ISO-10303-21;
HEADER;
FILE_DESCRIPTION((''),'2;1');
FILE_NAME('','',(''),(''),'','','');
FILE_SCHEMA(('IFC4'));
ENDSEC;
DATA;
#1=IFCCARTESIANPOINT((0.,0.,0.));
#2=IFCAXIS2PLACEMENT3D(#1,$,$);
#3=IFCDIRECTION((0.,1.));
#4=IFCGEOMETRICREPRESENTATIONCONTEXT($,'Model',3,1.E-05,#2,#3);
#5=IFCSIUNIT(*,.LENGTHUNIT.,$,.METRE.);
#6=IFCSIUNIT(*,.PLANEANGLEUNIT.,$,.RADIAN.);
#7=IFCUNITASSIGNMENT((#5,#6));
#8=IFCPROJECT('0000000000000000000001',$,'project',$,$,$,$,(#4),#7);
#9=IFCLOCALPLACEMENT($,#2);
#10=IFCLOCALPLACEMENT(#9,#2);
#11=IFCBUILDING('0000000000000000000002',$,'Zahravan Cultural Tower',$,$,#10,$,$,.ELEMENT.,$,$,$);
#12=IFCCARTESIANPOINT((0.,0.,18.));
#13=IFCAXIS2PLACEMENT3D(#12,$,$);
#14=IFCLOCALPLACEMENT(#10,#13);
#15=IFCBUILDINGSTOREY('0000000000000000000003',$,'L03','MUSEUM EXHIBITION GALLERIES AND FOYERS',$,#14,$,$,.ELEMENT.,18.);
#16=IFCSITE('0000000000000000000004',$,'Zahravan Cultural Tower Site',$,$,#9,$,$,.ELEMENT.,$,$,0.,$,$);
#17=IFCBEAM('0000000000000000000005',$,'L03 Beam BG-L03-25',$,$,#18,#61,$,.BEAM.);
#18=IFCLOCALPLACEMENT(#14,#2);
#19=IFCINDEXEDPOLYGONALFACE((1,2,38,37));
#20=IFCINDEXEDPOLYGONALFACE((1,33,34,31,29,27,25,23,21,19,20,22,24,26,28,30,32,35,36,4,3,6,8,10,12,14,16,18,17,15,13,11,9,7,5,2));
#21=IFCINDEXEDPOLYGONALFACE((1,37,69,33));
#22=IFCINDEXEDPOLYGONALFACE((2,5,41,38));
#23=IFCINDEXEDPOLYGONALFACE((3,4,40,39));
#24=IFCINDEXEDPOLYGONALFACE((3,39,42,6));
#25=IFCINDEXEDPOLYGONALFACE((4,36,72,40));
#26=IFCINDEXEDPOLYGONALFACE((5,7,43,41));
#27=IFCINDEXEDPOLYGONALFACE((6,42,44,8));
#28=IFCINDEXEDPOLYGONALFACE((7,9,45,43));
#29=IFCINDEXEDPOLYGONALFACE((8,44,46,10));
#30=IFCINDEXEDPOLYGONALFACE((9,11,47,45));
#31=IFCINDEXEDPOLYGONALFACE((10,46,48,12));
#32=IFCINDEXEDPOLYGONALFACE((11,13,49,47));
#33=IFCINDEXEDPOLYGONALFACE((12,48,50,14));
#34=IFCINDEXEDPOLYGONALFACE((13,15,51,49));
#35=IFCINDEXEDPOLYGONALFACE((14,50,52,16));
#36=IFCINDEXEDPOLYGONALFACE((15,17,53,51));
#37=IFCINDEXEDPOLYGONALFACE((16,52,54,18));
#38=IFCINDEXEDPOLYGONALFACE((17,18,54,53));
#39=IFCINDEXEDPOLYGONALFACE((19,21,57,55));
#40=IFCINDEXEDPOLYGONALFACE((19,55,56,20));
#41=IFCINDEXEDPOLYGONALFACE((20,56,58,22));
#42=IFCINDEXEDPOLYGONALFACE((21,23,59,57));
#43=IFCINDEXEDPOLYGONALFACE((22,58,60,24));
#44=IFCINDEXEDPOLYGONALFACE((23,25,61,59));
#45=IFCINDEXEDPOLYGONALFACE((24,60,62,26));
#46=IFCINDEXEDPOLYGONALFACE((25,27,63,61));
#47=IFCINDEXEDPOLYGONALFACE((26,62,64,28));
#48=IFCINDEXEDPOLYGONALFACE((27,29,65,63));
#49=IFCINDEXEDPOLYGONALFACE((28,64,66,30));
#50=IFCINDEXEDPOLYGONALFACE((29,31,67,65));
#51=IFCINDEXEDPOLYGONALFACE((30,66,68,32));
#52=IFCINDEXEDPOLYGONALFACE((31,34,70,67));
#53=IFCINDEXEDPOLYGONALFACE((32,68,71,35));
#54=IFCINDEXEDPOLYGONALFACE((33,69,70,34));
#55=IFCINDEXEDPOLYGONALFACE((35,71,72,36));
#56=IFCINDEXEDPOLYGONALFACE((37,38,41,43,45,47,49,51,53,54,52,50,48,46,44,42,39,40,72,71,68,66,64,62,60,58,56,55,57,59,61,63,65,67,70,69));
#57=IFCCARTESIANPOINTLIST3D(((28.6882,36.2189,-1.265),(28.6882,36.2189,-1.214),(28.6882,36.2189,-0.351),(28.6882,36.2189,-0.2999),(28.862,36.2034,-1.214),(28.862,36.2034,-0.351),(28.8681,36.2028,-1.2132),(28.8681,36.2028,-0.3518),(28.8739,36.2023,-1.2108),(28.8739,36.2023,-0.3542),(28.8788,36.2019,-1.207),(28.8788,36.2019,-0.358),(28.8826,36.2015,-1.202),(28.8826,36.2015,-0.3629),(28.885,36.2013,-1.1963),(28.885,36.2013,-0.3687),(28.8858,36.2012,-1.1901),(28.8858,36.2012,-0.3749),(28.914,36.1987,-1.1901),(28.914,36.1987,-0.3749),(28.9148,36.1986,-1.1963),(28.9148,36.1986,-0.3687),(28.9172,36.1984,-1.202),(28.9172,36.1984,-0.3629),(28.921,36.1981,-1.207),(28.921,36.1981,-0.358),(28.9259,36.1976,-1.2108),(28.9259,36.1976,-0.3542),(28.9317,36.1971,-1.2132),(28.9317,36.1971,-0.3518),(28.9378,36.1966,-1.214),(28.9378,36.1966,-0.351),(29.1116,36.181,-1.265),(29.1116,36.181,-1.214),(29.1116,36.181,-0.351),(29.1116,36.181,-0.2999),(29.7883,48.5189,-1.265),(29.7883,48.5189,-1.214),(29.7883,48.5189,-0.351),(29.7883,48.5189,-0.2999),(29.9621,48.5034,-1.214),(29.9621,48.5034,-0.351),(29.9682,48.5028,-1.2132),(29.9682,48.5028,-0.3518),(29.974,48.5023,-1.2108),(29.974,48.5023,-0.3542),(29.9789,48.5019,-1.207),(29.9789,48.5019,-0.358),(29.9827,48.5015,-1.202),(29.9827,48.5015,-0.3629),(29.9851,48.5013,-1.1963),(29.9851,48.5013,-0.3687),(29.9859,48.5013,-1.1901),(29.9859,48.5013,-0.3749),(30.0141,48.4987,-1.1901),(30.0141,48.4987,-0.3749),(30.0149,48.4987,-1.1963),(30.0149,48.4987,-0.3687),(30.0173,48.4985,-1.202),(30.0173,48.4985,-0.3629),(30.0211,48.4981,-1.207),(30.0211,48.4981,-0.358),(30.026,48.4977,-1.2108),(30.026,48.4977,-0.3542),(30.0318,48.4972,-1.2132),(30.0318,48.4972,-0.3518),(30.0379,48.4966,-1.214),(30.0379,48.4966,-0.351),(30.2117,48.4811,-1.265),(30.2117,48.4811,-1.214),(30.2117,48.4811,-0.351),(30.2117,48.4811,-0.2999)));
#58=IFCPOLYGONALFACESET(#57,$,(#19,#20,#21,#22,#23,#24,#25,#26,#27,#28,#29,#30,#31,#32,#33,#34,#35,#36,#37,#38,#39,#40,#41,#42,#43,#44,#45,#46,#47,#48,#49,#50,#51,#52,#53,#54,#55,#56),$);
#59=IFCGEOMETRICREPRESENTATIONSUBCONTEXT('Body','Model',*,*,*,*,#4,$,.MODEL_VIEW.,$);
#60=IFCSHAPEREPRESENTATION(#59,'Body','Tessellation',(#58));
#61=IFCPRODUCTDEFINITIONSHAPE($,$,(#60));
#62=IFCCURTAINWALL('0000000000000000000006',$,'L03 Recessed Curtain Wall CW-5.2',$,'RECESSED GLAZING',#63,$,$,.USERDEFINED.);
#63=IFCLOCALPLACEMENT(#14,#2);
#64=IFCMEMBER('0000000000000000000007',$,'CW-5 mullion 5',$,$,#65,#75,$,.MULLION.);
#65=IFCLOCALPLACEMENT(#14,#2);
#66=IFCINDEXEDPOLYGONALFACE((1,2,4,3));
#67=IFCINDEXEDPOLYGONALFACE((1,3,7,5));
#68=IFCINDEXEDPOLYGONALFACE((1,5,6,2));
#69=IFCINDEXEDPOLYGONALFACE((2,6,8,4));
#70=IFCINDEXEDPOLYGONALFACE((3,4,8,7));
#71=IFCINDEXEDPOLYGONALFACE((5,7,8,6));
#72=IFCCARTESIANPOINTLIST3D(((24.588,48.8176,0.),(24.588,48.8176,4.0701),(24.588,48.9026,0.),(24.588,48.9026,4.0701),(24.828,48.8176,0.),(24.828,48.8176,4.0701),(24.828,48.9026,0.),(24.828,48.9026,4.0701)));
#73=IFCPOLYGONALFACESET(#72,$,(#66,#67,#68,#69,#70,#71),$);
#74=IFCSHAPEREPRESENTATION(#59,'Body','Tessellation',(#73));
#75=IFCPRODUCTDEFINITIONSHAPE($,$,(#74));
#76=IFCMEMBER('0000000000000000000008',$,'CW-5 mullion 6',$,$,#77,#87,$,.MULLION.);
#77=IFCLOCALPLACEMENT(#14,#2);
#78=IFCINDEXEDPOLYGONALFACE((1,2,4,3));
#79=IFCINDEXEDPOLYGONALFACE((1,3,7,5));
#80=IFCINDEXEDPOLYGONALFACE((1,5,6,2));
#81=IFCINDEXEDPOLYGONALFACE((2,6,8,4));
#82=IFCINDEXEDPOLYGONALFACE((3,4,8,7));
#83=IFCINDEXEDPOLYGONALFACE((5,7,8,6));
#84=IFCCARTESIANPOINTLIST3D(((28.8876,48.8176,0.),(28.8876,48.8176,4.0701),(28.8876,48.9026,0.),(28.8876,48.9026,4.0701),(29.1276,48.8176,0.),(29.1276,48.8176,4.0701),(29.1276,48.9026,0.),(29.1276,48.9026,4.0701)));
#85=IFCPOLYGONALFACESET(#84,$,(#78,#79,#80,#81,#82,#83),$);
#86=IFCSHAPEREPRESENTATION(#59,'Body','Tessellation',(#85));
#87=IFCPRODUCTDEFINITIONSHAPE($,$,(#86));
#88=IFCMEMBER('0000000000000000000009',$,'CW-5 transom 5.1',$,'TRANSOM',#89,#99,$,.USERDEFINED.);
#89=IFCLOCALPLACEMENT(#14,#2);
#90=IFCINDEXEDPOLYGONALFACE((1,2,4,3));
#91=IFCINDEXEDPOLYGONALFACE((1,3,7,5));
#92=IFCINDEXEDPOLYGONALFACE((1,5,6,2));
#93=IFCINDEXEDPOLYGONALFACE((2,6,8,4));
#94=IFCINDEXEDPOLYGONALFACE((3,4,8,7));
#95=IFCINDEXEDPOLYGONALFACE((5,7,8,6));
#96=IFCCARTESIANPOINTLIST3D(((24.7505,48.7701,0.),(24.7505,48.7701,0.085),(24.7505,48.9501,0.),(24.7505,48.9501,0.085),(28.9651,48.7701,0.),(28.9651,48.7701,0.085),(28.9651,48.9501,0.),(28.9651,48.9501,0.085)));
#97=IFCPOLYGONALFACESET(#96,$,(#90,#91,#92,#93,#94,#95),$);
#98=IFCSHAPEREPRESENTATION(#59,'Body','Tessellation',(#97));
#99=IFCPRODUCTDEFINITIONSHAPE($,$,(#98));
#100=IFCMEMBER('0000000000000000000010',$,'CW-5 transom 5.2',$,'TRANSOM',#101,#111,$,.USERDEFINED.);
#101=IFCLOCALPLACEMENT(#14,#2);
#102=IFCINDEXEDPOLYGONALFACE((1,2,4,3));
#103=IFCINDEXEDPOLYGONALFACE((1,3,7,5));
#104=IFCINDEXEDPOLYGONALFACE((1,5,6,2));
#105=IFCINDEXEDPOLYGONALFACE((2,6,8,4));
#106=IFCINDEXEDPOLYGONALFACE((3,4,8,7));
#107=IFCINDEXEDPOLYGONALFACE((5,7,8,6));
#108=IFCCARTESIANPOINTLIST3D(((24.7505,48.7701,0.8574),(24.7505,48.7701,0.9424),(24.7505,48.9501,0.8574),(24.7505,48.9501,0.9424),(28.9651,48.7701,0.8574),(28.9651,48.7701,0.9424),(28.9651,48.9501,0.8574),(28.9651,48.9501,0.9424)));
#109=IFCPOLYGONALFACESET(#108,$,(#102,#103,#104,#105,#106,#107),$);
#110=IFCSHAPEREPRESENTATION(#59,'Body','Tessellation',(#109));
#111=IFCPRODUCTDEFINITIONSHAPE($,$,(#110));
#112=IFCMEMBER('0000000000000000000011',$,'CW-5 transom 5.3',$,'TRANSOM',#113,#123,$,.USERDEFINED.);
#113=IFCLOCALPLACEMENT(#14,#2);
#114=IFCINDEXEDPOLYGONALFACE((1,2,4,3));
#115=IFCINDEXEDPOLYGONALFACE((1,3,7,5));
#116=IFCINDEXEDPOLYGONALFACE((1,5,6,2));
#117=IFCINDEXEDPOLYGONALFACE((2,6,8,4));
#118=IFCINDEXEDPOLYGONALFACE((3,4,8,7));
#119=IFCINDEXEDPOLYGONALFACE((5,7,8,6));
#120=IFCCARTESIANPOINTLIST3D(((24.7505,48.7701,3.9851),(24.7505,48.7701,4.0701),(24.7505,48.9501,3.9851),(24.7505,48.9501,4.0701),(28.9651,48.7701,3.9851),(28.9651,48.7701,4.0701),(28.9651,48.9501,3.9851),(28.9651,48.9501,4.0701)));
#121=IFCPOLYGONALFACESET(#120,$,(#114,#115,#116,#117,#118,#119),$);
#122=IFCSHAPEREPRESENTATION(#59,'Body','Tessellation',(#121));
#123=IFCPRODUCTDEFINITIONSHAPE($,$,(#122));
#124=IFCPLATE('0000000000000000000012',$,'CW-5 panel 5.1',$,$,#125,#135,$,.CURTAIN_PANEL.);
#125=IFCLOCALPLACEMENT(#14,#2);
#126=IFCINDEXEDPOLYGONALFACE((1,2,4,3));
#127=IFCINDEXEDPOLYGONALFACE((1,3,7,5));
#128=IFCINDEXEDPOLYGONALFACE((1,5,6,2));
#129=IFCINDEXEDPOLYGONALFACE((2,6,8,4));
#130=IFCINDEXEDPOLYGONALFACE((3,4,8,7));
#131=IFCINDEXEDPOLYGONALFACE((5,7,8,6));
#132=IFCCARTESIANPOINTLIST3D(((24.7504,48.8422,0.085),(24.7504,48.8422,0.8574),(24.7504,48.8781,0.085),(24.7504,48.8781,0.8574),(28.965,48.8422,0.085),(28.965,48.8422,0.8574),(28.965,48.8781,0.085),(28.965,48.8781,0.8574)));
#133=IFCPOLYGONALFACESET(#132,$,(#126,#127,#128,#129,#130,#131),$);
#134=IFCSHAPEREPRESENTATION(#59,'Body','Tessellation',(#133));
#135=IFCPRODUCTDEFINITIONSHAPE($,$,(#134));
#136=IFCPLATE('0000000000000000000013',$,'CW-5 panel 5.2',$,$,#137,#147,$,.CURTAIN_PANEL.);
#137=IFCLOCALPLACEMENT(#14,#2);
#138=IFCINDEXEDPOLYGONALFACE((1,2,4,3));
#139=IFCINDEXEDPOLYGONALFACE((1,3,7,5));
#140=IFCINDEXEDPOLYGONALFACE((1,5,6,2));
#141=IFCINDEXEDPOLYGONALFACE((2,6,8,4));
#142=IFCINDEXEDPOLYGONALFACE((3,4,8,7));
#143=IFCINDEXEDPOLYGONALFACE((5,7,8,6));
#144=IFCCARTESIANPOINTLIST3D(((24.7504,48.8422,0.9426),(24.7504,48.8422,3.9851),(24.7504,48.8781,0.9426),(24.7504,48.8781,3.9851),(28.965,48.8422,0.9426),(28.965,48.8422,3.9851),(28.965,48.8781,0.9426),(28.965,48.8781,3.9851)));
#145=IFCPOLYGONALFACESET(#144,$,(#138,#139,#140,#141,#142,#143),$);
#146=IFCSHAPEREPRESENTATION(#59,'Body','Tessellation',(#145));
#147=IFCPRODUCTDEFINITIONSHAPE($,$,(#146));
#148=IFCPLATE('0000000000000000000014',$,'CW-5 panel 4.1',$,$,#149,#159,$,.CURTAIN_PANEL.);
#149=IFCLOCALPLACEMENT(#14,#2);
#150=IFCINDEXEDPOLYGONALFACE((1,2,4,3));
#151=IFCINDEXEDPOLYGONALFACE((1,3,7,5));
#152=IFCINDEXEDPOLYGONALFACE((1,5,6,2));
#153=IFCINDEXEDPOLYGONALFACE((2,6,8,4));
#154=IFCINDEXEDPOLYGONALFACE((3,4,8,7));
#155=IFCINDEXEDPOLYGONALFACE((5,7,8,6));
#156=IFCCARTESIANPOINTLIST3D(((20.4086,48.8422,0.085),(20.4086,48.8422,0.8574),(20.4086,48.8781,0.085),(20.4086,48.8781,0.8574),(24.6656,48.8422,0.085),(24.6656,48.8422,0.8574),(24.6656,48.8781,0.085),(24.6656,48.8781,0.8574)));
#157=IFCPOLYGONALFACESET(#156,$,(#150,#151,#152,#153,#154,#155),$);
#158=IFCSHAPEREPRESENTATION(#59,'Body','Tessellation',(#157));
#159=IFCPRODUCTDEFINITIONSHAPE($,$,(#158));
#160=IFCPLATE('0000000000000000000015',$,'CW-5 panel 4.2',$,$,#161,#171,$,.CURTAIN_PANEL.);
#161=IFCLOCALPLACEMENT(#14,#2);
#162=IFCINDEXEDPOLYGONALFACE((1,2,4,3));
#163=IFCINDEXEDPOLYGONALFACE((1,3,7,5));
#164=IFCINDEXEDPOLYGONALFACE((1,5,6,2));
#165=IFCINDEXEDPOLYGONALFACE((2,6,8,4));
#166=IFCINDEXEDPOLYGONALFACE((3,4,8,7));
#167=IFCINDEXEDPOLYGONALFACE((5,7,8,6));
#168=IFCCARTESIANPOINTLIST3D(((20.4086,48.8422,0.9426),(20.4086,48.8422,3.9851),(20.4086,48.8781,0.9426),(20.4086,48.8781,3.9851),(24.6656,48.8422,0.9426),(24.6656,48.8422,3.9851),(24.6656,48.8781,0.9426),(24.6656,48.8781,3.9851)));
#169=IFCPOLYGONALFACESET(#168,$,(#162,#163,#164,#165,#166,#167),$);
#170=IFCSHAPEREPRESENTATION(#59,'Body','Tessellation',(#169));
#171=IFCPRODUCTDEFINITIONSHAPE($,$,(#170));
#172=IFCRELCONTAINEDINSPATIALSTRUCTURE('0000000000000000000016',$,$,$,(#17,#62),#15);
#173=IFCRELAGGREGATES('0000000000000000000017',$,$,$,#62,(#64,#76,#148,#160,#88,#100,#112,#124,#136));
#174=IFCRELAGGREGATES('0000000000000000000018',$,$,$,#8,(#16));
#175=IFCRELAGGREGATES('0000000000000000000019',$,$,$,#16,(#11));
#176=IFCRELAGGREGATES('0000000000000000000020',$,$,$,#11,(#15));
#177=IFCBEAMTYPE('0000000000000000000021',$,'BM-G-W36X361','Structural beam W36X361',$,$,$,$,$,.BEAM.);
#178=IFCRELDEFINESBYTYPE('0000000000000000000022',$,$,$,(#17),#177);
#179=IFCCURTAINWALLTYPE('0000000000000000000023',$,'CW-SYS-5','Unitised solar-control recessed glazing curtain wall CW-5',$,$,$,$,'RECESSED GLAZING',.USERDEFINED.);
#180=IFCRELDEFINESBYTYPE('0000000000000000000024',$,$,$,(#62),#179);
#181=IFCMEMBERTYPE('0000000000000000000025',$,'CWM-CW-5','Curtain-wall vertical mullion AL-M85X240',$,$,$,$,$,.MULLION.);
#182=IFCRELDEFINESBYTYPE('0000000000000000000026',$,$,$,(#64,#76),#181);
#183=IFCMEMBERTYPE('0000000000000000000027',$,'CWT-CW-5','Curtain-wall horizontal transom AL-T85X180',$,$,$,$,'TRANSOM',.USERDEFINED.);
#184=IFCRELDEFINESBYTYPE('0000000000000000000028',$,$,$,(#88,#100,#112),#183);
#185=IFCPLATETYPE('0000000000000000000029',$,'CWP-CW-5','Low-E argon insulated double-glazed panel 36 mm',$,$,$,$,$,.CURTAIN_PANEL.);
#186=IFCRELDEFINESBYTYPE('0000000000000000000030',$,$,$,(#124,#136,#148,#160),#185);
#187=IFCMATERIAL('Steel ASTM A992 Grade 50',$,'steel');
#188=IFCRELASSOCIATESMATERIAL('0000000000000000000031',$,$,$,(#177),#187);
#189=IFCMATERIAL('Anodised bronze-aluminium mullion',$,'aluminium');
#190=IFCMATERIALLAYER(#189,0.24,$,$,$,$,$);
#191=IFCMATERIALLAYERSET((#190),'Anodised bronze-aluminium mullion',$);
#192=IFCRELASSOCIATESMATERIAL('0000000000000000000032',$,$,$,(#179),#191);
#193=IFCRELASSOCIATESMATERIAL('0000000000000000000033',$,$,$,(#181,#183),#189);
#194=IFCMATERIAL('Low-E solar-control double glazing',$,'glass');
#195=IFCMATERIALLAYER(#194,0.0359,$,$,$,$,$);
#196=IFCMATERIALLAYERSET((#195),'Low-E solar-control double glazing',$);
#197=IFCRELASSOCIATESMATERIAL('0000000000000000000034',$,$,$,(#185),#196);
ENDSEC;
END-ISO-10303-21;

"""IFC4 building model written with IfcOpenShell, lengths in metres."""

from ifc_helpers import new_model, si_unit, direction, frame, origin, origin_2d, place, context, subcontext, project, spatial, rectangle, i_section, extrude, source, transform, mapped, material, layer, layer_set, material_profile, profile_set, type_object, element, aggregate, save


model = new_model("IFC4")

# Units and contexts
model_context = context("Model", 3, precision=1e-05, world=origin(), true_north=direction((0.0, 1.0)))
body_context = subcontext(model_context, "Body", "Model", "MODEL_VIEW")
ifc_project = project(units=[si_unit("LENGTHUNIT", "METRE"), si_unit("PLANEANGLEUNIT", "RADIAN")], contexts=[model_context])

# Site, building, storey
site_placement = place(None, origin())
site = spatial("IfcSite", under=ifc_project, at=site_placement, Name="Zahravan Cultural Tower Site", CompositionType="ELEMENT", RefElevation=0.0)
building_placement = place(site_placement, origin())
building = spatial("IfcBuilding", under=site, at=building_placement, Name="Zahravan Cultural Tower", CompositionType="ELEMENT")
storey_placement = place(building_placement, frame((0.0, 0.0, 18.0)))
storey = spatial("IfcBuildingStorey", under=building, at=storey_placement, Name="L03", Description="MUSEUM EXHIBITION GALLERIES AND FOYERS", CompositionType="ELEMENT", Elevation=18.0)

# Beam
ifc_material_1 = material(Name="Steel ASTM A992 Grade 50", Category="steel")
ifc_material_profile_1 = material_profile(ifc_material_1, i_section(OverallWidth=0.425, OverallDepth=0.9651, WebThickness=0.0283, FlangeThickness=0.051, FilletRadius=0.0239, at=origin_2d()), Name="W36X361")
ifc_profile_set_1 = profile_set([ifc_material_profile_1], Name="Steel ASTM A992 Grade 50")
beam_type_1 = type_object("IfcBeamType", Name="BM-G-W36X361", Description="Structural beam W36X361", PredefinedType="BEAM", material=ifc_profile_set_1)
shared_shape_1 = source(origin(), body_context, "Body", "SweptSolid", [
    extrude(i_section(OverallWidth=0.425, OverallDepth=0.9651, WebThickness=0.0283, FlangeThickness=0.051, FilletRadius=0.0239, at=origin_2d()), origin(), (0.0, 0.0, 1.0), 12.3491),
])
beam_1_placement = place(storey_placement, frame((30.0, 48.5, -0.7825), z_axis=(-0.089083, -0.996024, 0.0), x_axis=(0.996024, -0.089083, 0.0)))
element("IfcBeam", 1, at=beam_1_placement, inside=storey, type_object=beam_type_1, Name="L03 Beam BG-L03-25", PredefinedType="BEAM", context=body_context, shape_type="MappedRepresentation", body=[
    mapped(shared_shape_1, transform((0.0, 0.0, 0.0), x_axis=(1.0, 0.0, 0.0), y_axis=(0.0, 1.0, 0.0), z_axis=(0.0, 0.0, 1.0), scale=1.0)),
])

# Curtain wall, members, plates
ifc_material_2 = material(Name="Anodised bronze-aluminium mullion", Category="aluminium")
ifc_layer_1 = layer(ifc_material_2, 0.24)
ifc_layer_set_1 = layer_set([ifc_layer_1], Name="Anodised bronze-aluminium mullion")
curtain_wall_type = type_object("IfcCurtainWallType", Name="CW-SYS-5", Description="Unitised solar-control recessed glazing curtain wall CW-5", ElementType="RECESSED GLAZING", PredefinedType="USERDEFINED", material=ifc_layer_set_1)
curtain_wall_placement = place(storey_placement, origin())
curtain_wall = element("IfcCurtainWall", 2, at=curtain_wall_placement, inside=storey, type_object=curtain_wall_type, Name="L03 Recessed Curtain Wall CW-5.2", ObjectType="RECESSED GLAZING", PredefinedType="USERDEFINED")
ifc_material_profile_2 = material_profile(ifc_material_2, rectangle(XDim=0.085, YDim=0.24, at=origin_2d()), Name="AL-M85X240")
ifc_profile_set_2 = profile_set([ifc_material_profile_2], Name="Anodised bronze-aluminium mullion")
member_type_1 = type_object("IfcMemberType", Name="CWM-CW-5", Description="Curtain-wall vertical mullion AL-M85X240", PredefinedType="MULLION", material=ifc_profile_set_2)
shared_shape_2 = source(origin(), body_context, "Body", "SweptSolid", [
    extrude(rectangle(XDim=0.085, YDim=0.24, at=origin_2d()), origin(), (0.0, 0.0, 1.0), 4.0701),
])
member_1_placement = place(storey_placement, frame((24.708, 48.8601, 0.0), z_axis=(0.0, 0.0, 1.0), x_axis=(0.0, 1.0, 0.0)))
member_1 = element("IfcMember", 3, at=member_1_placement, type_object=member_type_1, Name="CW-5 mullion 5", PredefinedType="MULLION", context=body_context, shape_type="MappedRepresentation", body=[
    mapped(shared_shape_2, transform((0.0, 0.0, 0.0), x_axis=(1.0, 0.0, 0.0), y_axis=(0.0, 1.0, 0.0), z_axis=(0.0, 0.0, 1.0), scale=1.0)),
])
member_2_placement = place(storey_placement, frame((29.0076, 48.8601, 0.0), z_axis=(0.0, 0.0, 1.0), x_axis=(0.0, 1.0, 0.0)))
member_2 = element("IfcMember", 4, at=member_2_placement, type_object=member_type_1, Name="CW-5 mullion 6", PredefinedType="MULLION", context=body_context, shape_type="MappedRepresentation", body=[
    mapped(shared_shape_2, transform((0.0, 0.0, 0.0), x_axis=(1.0, 0.0, 0.0), y_axis=(0.0, 1.0, 0.0), z_axis=(0.0, 0.0, 1.0), scale=1.0)),
])
ifc_material_profile_3 = material_profile(ifc_material_2, rectangle(XDim=0.1799, YDim=0.085, at=origin_2d()), Name="AL-T85X180")
ifc_profile_set_3 = profile_set([ifc_material_profile_3], Name="Anodised bronze-aluminium mullion")
member_type_2 = type_object("IfcMemberType", Name="CWT-CW-5", Description="Curtain-wall horizontal transom AL-T85X180", ElementType="TRANSOM", PredefinedType="USERDEFINED", material=ifc_profile_set_3)
shared_shape_3 = source(origin(), body_context, "Body", "SweptSolid", [
    extrude(rectangle(XDim=0.1799, YDim=0.085, at=origin_2d()), origin(), (0.0, 0.0, 1.0), 4.2146),
])
member_3_placement = place(storey_placement, frame((24.7505, 48.8601, 0.0425), z_axis=(1.0, 0.0, 0.0), x_axis=(0.0, 1.0, 0.0)))
member_3 = element("IfcMember", 5, at=member_3_placement, type_object=member_type_2, Name="CW-5 transom 5.1", ObjectType="TRANSOM", PredefinedType="USERDEFINED", context=body_context, shape_type="MappedRepresentation", body=[
    mapped(shared_shape_3, transform((0.0, 0.0, 0.0), x_axis=(1.0, 0.0, 0.0), y_axis=(0.0, 1.0, 0.0), z_axis=(0.0, 0.0, 1.0), scale=1.0)),
])
member_4_placement = place(storey_placement, frame((24.7505, 48.8601, 0.8999), z_axis=(1.0, 0.0, 0.0), x_axis=(0.0, 1.0, 0.0)))
member_4 = element("IfcMember", 6, at=member_4_placement, type_object=member_type_2, Name="CW-5 transom 5.2", ObjectType="TRANSOM", PredefinedType="USERDEFINED", context=body_context, shape_type="MappedRepresentation", body=[
    mapped(shared_shape_3, transform((0.0, 0.0, 0.0), x_axis=(1.0, 0.0, 0.0), y_axis=(0.0, 1.0, 0.0), z_axis=(0.0, 0.0, 1.0), scale=1.0)),
])
member_5_placement = place(storey_placement, frame((24.7505, 48.8601, 4.0276), z_axis=(1.0, 0.0, 0.0), x_axis=(0.0, 1.0, 0.0)))
member_5 = element("IfcMember", 7, at=member_5_placement, type_object=member_type_2, Name="CW-5 transom 5.3", ObjectType="TRANSOM", PredefinedType="USERDEFINED", context=body_context, shape_type="MappedRepresentation", body=[
    mapped(shared_shape_3, transform((0.0, 0.0, 0.0), x_axis=(1.0, 0.0, 0.0), y_axis=(0.0, 1.0, 0.0), z_axis=(0.0, 0.0, 1.0), scale=1.0)),
])
ifc_material_3 = material(Name="Low-E solar-control double glazing", Category="glass")
ifc_layer_2 = layer(ifc_material_3, 0.0359)
ifc_layer_set_2 = layer_set([ifc_layer_2], Name="Low-E solar-control double glazing")
plate_type = type_object("IfcPlateType", Name="CWP-CW-5", Description="Low-E argon insulated double-glazed panel 36 mm", PredefinedType="CURTAIN_PANEL", material=ifc_layer_set_2)
shared_shape_4 = source(origin(), body_context, "Body", "SweptSolid", [
    extrude(rectangle(XDim=4.2146, YDim=0.0359, at=origin_2d()), origin(), (0.0, 0.0, 1.0), 0.7725),
])
plate_1_placement = place(storey_placement, frame((26.8577, 48.8601, 0.085), z_axis=(0.0, 0.0, 1.0), x_axis=(1.0, 0.0, 0.0)))
plate_1 = element("IfcPlate", 8, at=plate_1_placement, type_object=plate_type, Name="CW-5 panel 5.1", PredefinedType="CURTAIN_PANEL", context=body_context, shape_type="MappedRepresentation", body=[
    mapped(shared_shape_4, transform((0.0, 0.0, 0.0), x_axis=(1.0, 0.0, 0.0), y_axis=(0.0, 1.0, 0.0), z_axis=(0.0, 0.0, 1.0), scale=1.0)),
])
shared_shape_5 = source(origin(), body_context, "Body", "SweptSolid", [
    extrude(rectangle(XDim=4.2146, YDim=0.0359, at=origin_2d()), origin(), (0.0, 0.0, 1.0), 3.0425),
])
plate_2_placement = place(storey_placement, frame((26.8577, 48.8601, 0.9426), z_axis=(0.0, 0.0, 1.0), x_axis=(1.0, 0.0, 0.0)))
plate_2 = element("IfcPlate", 9, at=plate_2_placement, type_object=plate_type, Name="CW-5 panel 5.2", PredefinedType="CURTAIN_PANEL", context=body_context, shape_type="MappedRepresentation", body=[
    mapped(shared_shape_5, transform((0.0, 0.0, 0.0), x_axis=(1.0, 0.0, 0.0), y_axis=(0.0, 1.0, 0.0), z_axis=(0.0, 0.0, 1.0), scale=1.0)),
])
shared_shape_6 = source(origin(), body_context, "Body", "SweptSolid", [
    extrude(rectangle(XDim=4.2571, YDim=0.0359, at=origin_2d()), origin(), (0.0, 0.0, 1.0), 0.7725),
])
plate_3_placement = place(storey_placement, frame((22.5371, 48.8601, 0.085), z_axis=(0.0, 0.0, 1.0), x_axis=(1.0, 0.0, 0.0)))
plate_3 = element("IfcPlate", 10, at=plate_3_placement, type_object=plate_type, Name="CW-5 panel 4.1", PredefinedType="CURTAIN_PANEL", context=body_context, shape_type="MappedRepresentation", body=[
    mapped(shared_shape_6, transform((0.0, 0.0, 0.0), x_axis=(1.0, 0.0, 0.0), y_axis=(0.0, 1.0, 0.0), z_axis=(0.0, 0.0, 1.0), scale=1.0)),
])
shared_shape_7 = source(origin(), body_context, "Body", "SweptSolid", [
    extrude(rectangle(XDim=4.2571, YDim=0.0359, at=origin_2d()), origin(), (0.0, 0.0, 1.0), 3.0425),
])
plate_4_placement = place(storey_placement, frame((22.5371, 48.8601, 0.9426), z_axis=(0.0, 0.0, 1.0), x_axis=(1.0, 0.0, 0.0)))
plate_4 = element("IfcPlate", 11, at=plate_4_placement, type_object=plate_type, Name="CW-5 panel 4.2", PredefinedType="CURTAIN_PANEL", context=body_context, shape_type="MappedRepresentation", body=[
    mapped(shared_shape_7, transform((0.0, 0.0, 0.0), x_axis=(1.0, 0.0, 0.0), y_axis=(0.0, 1.0, 0.0), z_axis=(0.0, 0.0, 1.0), scale=1.0)),
])
aggregate(curtain_wall, [member_1, member_2, plate_3, plate_4, member_3, member_4, member_5, plate_1, plate_2])

save(model, "model.ifc")
